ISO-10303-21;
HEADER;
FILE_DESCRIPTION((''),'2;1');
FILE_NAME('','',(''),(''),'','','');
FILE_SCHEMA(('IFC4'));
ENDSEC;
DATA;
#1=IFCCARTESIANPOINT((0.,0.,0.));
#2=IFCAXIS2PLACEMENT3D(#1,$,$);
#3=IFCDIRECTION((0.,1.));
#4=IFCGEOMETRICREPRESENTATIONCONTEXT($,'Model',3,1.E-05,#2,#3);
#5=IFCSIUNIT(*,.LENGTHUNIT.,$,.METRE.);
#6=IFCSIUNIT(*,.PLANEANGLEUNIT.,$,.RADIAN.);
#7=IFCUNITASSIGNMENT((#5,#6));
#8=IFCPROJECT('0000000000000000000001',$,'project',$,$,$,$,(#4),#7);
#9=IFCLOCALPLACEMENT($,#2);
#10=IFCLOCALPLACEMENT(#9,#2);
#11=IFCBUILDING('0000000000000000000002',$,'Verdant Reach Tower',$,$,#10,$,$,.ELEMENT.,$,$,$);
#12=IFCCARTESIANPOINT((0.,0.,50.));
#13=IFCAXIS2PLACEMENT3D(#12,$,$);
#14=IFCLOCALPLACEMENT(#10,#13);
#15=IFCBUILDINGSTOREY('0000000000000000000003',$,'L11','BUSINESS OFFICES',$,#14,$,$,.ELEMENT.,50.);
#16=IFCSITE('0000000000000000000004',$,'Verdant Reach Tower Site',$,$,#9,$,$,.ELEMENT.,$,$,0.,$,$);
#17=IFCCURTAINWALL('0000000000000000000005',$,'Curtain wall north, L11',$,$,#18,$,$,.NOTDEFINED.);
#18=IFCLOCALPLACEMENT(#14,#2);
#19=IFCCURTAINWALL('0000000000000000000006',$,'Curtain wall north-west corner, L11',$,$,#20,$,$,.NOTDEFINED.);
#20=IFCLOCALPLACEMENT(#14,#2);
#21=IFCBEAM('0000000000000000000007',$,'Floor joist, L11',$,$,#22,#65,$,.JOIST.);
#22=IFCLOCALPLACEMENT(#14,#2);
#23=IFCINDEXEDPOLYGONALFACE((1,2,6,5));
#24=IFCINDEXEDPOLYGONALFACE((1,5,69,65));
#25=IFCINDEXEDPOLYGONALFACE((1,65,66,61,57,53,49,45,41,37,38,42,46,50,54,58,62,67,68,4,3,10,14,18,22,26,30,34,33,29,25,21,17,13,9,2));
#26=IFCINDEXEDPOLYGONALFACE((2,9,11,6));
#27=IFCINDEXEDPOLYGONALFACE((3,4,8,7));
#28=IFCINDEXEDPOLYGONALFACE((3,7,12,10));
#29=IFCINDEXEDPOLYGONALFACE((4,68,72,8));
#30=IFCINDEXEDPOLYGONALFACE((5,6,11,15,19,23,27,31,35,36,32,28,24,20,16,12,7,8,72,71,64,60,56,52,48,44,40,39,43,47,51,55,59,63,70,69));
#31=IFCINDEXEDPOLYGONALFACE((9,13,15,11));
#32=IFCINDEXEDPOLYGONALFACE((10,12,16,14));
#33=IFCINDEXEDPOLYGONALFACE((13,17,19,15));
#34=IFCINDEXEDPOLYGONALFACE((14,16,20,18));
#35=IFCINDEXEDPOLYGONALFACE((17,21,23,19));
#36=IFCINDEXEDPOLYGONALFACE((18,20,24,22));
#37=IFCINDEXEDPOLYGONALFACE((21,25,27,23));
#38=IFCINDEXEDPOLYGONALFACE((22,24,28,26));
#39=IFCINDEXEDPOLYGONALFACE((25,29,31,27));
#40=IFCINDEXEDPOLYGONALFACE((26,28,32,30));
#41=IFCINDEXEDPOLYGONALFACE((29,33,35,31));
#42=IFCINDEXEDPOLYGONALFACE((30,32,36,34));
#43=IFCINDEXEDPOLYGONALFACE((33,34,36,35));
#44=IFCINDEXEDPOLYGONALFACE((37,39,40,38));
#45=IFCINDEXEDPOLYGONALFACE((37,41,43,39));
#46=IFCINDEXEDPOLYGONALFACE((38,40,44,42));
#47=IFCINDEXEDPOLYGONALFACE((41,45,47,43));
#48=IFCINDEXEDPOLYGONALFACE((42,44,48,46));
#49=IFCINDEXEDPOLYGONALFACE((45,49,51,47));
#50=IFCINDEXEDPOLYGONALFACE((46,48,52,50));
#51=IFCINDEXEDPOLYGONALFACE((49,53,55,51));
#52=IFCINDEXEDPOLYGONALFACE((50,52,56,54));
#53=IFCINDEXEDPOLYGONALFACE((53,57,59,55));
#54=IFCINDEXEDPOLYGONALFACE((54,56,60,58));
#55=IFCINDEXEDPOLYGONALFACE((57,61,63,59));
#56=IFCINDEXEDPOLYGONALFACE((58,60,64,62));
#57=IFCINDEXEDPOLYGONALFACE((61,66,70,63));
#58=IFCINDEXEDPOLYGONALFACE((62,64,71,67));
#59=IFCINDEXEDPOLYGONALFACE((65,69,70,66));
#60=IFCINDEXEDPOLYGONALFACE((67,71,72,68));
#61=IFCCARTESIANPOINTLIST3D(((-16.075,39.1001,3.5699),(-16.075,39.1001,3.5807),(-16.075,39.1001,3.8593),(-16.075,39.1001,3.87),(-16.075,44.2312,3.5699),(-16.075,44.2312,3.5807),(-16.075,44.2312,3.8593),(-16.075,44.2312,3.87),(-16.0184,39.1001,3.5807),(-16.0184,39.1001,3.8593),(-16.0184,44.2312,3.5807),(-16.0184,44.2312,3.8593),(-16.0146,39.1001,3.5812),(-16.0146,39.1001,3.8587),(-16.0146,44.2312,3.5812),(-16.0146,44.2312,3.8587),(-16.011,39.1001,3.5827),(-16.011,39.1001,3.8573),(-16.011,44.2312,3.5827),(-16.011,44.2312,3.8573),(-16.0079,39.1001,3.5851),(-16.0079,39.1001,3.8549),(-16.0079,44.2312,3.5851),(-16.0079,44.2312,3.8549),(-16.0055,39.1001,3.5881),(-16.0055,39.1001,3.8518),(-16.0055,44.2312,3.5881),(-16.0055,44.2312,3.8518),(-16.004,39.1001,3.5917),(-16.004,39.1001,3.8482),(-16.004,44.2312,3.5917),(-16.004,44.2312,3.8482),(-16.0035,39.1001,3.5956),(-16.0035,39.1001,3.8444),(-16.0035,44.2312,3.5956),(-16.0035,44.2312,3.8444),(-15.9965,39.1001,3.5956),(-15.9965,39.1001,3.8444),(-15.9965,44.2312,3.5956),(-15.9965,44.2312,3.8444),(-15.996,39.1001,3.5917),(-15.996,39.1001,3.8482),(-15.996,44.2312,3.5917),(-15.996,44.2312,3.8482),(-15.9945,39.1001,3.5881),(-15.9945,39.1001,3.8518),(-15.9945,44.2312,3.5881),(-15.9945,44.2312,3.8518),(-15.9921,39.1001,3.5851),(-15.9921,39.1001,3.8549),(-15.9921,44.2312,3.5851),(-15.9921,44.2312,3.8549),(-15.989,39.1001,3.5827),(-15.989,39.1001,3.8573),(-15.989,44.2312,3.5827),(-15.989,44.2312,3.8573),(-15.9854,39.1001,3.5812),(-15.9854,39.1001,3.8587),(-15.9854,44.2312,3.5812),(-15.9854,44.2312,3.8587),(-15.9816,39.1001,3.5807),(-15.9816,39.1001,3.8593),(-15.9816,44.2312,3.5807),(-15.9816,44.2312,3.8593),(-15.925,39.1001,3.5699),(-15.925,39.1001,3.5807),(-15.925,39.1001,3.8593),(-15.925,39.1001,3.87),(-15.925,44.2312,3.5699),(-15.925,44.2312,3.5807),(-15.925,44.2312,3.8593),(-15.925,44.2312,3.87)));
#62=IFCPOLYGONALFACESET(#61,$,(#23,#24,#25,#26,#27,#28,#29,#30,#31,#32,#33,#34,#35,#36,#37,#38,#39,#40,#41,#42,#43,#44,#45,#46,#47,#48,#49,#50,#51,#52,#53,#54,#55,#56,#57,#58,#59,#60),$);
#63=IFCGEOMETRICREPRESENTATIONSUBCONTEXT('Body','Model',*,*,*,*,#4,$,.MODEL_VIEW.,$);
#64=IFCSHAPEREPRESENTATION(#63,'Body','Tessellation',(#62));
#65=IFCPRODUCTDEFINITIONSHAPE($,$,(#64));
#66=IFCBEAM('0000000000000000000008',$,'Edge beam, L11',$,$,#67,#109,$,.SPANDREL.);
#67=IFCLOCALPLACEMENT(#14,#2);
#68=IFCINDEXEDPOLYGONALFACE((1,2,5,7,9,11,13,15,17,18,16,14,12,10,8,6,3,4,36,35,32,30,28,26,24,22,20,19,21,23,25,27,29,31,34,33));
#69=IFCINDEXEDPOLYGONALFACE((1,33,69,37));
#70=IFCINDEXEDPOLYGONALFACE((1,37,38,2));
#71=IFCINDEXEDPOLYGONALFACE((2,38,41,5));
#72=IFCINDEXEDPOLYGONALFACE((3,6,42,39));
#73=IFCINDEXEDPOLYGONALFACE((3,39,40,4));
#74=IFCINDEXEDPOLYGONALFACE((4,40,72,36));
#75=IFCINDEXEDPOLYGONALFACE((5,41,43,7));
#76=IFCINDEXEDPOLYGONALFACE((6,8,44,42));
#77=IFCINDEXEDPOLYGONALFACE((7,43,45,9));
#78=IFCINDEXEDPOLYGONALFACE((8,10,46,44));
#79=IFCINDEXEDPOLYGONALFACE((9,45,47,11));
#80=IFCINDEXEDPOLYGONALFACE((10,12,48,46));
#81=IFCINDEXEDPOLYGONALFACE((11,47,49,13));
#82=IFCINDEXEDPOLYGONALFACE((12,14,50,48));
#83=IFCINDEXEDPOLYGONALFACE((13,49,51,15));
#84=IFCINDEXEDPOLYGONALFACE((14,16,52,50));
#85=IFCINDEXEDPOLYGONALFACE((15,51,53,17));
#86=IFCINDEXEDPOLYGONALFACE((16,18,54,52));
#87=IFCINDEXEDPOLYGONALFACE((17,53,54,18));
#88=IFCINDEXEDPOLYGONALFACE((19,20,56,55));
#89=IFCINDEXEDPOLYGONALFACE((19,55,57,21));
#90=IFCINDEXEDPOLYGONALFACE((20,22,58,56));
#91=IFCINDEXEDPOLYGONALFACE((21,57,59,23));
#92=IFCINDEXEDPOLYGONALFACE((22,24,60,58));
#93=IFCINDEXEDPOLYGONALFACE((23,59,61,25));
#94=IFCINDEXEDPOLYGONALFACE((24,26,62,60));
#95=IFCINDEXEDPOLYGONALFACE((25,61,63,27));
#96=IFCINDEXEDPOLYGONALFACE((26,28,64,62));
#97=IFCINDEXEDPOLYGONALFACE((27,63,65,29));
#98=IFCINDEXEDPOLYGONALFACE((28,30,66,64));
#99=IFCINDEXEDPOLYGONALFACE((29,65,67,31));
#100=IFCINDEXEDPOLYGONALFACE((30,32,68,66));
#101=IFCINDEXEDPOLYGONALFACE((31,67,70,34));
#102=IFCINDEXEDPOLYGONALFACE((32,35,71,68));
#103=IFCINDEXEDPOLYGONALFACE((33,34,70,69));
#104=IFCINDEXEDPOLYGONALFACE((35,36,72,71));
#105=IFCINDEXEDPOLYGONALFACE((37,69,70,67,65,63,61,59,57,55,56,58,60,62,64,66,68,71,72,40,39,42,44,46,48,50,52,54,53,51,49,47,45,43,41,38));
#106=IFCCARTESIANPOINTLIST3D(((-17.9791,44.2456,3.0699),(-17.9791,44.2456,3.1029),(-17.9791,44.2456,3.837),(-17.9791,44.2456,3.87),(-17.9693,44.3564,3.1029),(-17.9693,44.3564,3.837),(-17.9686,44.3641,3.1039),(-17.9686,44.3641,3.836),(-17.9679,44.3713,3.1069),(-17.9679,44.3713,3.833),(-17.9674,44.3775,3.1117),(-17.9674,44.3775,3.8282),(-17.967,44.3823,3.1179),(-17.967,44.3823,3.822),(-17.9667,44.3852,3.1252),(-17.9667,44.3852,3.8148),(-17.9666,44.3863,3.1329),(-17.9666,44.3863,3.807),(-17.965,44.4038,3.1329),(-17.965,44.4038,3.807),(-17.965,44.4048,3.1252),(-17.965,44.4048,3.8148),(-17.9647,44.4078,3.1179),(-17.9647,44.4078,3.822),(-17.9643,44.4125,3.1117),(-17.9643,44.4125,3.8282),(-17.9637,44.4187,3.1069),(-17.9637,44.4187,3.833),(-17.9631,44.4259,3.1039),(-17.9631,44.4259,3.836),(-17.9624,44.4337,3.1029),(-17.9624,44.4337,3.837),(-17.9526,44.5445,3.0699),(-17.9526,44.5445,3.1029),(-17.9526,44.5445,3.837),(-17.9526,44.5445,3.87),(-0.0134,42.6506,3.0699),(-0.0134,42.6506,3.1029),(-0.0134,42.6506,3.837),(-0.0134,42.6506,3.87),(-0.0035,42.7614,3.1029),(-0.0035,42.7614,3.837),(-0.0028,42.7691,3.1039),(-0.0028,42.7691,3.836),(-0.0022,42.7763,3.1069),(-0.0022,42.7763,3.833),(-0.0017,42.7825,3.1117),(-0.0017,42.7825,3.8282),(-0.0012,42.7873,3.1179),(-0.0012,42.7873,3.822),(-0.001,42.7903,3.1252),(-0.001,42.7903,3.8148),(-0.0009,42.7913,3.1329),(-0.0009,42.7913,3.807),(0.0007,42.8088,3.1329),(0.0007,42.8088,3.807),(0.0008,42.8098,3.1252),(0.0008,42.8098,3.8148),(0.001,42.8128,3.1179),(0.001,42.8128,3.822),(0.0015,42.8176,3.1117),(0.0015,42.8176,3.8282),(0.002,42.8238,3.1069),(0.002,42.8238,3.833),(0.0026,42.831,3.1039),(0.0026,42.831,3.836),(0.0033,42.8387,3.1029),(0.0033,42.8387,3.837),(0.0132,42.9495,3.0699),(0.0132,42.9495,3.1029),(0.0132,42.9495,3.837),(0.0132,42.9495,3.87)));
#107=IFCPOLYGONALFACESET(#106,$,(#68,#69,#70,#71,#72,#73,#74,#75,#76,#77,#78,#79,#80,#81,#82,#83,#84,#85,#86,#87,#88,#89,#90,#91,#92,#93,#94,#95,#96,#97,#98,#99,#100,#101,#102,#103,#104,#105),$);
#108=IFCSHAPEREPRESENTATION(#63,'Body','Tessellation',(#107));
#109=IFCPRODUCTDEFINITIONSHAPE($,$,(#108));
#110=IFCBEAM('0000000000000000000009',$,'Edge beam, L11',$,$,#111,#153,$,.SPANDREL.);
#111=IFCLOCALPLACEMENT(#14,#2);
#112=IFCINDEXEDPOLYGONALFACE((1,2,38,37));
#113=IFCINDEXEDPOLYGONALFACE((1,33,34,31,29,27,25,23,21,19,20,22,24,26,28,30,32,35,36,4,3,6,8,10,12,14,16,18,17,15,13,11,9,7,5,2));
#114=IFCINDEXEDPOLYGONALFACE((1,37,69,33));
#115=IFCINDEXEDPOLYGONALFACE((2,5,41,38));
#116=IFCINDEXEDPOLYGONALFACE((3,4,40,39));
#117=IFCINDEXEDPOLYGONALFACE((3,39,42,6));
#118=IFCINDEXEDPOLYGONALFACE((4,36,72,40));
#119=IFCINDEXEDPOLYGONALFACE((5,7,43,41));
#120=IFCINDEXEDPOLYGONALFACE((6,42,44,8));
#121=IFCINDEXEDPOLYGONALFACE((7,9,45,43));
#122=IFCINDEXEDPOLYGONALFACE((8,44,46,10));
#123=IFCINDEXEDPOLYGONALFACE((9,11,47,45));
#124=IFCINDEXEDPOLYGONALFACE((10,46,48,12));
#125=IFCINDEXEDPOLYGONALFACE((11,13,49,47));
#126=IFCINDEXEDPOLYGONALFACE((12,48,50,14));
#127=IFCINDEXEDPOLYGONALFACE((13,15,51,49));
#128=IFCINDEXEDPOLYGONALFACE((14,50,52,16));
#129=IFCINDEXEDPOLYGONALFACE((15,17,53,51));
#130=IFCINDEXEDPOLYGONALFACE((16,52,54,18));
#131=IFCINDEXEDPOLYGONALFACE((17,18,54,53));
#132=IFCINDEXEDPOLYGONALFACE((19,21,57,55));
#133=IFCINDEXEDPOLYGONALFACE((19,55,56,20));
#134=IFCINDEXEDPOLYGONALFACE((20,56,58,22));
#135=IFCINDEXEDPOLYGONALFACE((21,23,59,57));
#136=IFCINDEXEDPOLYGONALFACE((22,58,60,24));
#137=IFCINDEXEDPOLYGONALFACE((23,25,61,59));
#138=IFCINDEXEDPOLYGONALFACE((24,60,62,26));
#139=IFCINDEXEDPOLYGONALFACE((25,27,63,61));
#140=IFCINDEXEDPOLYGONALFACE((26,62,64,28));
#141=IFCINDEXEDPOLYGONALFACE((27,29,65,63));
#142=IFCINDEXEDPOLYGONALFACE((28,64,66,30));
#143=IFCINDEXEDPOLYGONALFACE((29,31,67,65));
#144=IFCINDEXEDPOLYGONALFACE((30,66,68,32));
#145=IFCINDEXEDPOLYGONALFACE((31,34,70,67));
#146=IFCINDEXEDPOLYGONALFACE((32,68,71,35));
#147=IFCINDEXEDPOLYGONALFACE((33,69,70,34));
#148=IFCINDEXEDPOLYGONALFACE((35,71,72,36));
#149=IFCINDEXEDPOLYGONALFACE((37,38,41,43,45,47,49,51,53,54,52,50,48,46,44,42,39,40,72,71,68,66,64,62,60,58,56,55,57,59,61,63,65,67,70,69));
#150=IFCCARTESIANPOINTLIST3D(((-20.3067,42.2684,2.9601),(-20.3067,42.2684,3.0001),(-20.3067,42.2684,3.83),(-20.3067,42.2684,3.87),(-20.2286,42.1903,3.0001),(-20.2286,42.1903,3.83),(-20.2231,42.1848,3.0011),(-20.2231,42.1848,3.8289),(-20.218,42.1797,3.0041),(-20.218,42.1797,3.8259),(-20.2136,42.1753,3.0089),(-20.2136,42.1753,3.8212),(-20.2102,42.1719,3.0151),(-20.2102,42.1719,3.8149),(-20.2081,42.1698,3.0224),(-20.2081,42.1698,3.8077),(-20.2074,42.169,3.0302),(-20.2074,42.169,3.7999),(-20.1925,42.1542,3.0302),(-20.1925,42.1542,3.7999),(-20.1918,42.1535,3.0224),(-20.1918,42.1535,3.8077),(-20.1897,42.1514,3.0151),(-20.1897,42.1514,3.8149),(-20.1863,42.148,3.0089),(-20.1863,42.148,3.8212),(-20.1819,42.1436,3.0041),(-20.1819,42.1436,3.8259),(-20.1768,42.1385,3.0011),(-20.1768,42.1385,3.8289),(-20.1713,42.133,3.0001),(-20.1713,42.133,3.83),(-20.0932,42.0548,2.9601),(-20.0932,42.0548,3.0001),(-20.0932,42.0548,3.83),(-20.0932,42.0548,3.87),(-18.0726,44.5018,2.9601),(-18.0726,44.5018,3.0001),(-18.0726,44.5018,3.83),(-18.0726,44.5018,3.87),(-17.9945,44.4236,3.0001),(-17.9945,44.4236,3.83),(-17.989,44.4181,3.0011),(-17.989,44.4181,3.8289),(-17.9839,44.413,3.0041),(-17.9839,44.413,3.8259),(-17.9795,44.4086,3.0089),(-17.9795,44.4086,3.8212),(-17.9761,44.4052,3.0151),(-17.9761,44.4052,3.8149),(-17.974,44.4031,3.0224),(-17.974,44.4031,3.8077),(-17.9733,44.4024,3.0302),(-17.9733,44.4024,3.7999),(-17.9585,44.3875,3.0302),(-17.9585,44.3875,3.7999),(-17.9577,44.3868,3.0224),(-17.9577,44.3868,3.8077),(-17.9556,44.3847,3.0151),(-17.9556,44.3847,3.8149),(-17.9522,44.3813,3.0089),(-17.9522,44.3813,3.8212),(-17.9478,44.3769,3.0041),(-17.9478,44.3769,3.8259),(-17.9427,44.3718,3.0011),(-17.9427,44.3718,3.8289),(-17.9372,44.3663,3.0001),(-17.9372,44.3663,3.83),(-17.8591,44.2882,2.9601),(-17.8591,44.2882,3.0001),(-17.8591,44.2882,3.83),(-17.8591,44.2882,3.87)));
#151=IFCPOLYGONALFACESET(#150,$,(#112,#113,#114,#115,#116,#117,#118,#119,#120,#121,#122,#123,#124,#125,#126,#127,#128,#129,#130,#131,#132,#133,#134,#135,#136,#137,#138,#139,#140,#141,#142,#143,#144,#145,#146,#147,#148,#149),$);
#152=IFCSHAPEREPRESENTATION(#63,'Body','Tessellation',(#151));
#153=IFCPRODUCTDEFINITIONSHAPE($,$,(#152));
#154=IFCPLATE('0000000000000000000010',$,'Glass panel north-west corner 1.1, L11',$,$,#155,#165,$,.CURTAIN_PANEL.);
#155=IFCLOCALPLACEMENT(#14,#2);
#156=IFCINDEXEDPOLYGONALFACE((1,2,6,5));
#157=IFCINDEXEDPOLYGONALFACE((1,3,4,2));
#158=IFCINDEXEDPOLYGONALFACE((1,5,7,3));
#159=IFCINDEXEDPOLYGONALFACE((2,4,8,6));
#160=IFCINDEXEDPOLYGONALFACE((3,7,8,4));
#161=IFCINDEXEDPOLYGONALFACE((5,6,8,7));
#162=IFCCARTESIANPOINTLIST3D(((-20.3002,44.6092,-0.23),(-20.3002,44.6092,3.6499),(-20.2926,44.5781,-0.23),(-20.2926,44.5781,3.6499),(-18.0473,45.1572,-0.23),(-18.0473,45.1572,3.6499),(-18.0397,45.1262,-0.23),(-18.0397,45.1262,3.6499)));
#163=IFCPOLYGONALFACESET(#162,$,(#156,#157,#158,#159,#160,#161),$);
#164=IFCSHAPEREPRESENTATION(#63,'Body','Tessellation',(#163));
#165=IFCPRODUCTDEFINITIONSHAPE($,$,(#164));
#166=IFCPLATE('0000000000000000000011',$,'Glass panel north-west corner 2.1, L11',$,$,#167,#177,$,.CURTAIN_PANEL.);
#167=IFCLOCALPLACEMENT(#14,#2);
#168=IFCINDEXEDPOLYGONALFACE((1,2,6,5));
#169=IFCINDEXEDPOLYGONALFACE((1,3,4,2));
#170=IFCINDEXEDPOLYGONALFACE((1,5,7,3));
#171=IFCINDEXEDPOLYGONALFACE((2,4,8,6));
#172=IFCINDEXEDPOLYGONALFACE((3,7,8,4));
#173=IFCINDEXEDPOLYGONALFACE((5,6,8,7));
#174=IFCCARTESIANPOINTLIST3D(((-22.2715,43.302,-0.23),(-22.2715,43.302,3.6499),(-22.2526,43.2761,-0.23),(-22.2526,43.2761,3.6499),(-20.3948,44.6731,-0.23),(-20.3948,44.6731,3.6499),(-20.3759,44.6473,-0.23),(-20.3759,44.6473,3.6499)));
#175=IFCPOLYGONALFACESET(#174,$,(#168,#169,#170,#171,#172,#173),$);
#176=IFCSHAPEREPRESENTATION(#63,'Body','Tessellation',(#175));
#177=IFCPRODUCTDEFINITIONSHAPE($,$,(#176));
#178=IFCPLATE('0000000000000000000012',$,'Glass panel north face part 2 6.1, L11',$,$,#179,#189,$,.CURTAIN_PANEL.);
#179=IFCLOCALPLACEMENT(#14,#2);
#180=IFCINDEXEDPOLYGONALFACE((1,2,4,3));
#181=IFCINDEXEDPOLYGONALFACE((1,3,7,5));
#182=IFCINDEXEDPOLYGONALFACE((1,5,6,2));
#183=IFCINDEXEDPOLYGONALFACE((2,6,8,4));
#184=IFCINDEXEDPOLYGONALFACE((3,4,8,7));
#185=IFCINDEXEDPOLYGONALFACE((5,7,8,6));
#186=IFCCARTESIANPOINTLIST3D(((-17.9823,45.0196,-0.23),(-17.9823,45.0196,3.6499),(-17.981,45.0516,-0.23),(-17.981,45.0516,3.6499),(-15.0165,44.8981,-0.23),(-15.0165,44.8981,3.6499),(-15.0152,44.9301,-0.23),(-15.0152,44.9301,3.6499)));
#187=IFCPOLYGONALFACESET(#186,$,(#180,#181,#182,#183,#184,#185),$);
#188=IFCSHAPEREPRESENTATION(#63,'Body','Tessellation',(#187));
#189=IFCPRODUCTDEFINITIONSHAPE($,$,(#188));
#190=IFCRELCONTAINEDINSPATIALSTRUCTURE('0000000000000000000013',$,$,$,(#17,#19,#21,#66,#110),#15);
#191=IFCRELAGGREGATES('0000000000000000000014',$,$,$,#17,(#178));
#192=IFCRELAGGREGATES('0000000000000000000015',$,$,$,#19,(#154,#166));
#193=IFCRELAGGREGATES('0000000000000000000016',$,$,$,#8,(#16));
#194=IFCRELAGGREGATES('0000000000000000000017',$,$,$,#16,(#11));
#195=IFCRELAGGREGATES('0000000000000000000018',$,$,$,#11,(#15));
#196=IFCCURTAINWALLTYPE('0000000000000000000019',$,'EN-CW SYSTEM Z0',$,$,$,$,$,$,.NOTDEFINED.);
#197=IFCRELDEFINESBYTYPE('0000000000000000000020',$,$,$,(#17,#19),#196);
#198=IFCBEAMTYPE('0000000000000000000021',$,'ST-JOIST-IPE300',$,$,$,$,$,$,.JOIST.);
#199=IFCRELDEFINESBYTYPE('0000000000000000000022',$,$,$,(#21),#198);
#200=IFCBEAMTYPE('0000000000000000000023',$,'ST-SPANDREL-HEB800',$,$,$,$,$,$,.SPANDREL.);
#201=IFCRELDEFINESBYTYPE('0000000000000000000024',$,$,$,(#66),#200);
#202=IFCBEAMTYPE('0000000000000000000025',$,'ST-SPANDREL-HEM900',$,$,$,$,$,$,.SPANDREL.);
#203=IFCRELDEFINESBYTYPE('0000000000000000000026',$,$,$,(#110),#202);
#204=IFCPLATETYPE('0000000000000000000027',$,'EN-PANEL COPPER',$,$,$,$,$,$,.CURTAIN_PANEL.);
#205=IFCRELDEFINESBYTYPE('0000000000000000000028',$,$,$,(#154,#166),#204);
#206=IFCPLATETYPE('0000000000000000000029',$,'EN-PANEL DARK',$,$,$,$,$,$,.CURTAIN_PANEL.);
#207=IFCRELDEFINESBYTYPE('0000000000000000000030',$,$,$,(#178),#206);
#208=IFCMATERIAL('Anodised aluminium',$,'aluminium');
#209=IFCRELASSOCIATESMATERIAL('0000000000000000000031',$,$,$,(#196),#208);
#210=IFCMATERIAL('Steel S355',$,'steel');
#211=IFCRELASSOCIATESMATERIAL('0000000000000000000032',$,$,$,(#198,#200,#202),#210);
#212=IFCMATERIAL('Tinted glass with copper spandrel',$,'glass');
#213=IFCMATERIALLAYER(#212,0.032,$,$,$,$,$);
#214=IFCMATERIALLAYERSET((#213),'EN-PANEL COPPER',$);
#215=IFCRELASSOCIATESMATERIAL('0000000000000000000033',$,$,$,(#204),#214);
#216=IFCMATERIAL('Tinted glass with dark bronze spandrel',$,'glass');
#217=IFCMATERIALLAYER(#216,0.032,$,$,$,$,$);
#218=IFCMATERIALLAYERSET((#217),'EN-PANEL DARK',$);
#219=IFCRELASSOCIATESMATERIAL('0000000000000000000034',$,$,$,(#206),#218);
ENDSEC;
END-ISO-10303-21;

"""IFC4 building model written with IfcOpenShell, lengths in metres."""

from ifc_helpers import new_model, si_unit, direction, frame, origin, origin_2d, place, context, subcontext, project, spatial, rectangle, i_section, extrude, material, layer, layer_set, material_profile, profile_set, type_object, element, aggregate, save


model = new_model("IFC4")

# Units and contexts
model_context = context("Model", 3, precision=1e-05, world=origin(), true_north=direction((0.0, 1.0)))
body_context = subcontext(model_context, "Body", "Model", "MODEL_VIEW")
ifc_project = project(units=[si_unit("LENGTHUNIT", "METRE"), si_unit("PLANEANGLEUNIT", "RADIAN")], contexts=[model_context])

# Site, building, storey
site_placement = place(None, origin())
site = spatial("IfcSite", under=ifc_project, at=site_placement, Name="Verdant Reach Tower Site", CompositionType="ELEMENT", RefElevation=0.0)
building_placement = place(site_placement, origin())
building = spatial("IfcBuilding", under=site, at=building_placement, Name="Verdant Reach Tower", CompositionType="ELEMENT")
storey_placement = place(building_placement, frame((0.0, 0.0, 50.0)))
storey = spatial("IfcBuildingStorey", under=building, at=storey_placement, Name="L11", Description="BUSINESS OFFICES", CompositionType="ELEMENT", Elevation=50.0)

# Curtain wall
ifc_material_1 = material(Name="Anodised aluminium", Category="aluminium")
curtain_wall_type = type_object("IfcCurtainWallType", Name="EN-CW SYSTEM Z0", PredefinedType="NOTDEFINED", material=ifc_material_1)
curtain_wall_1_placement = place(storey_placement, origin())
curtain_wall_1 = element("IfcCurtainWall", 1, at=curtain_wall_1_placement, inside=storey, type_object=curtain_wall_type, Name="Curtain wall north, L11", PredefinedType="NOTDEFINED")

# Curtain wall
curtain_wall_2_placement = place(storey_placement, origin())
curtain_wall_2 = element("IfcCurtainWall", 2, at=curtain_wall_2_placement, inside=storey, type_object=curtain_wall_type, Name="Curtain wall north-west corner, L11", PredefinedType="NOTDEFINED")

# Beams
ifc_material_2 = material(Name="Steel S355", Category="steel")
ifc_material_profile_1 = material_profile(ifc_material_2, i_section(OverallWidth=0.1499, OverallDepth=0.3, WebThickness=0.0071, FlangeThickness=0.0107, FilletRadius=0.0149, at=origin_2d()), Name="IPE 300")
ifc_profile_set_1 = profile_set([ifc_material_profile_1], Name="Steel S355")
beam_type_1 = type_object("IfcBeamType", Name="ST-JOIST-IPE300", PredefinedType="JOIST", material=ifc_profile_set_1)
beam_1_placement = place(storey_placement, frame((-16.0, 39.1001, 3.72), z_axis=(0.0, 1.0, 0.0), x_axis=(-1.0, 0.0, 0.0)))
element("IfcBeam", 3, at=beam_1_placement, inside=storey, type_object=beam_type_1, Name="Floor joist, L11", PredefinedType="JOIST", context=body_context, shape_type="SweptSolid", body=[
    extrude(i_section(OverallWidth=0.1499, OverallDepth=0.3, WebThickness=0.0071, FlangeThickness=0.0107, FilletRadius=0.0149, at=origin_2d()), origin(), (0.0, 0.0, 1.0), 5.1311),
])
ifc_material_profile_2 = material_profile(ifc_material_2, i_section(OverallWidth=0.3, OverallDepth=0.8, WebThickness=0.0176, FlangeThickness=0.033, FilletRadius=0.03, at=origin_2d()), Name="HEB 800")
ifc_profile_set_2 = profile_set([ifc_material_profile_2], Name="Steel S355")
beam_type_2 = type_object("IfcBeamType", Name="ST-SPANDREL-HEB800", PredefinedType="SPANDREL", material=ifc_profile_set_2)
beam_2_placement = place(storey_placement, frame((-17.9658, 44.395, 3.47), z_axis=(0.996082, -0.08843, 0.0), x_axis=(0.08843, 0.996082, 0.0)))
element("IfcBeam", 4, at=beam_2_placement, inside=storey, type_object=beam_type_2, Name="Edge beam, L11", PredefinedType="SPANDREL", context=body_context, shape_type="SweptSolid", body=[
    extrude(i_section(OverallWidth=0.3, OverallDepth=0.8, WebThickness=0.0176, FlangeThickness=0.033, FilletRadius=0.03, at=origin_2d()), origin(), (0.0, 0.0, 1.0), 18.0364),
])
ifc_material_profile_3 = material_profile(ifc_material_2, i_section(OverallWidth=0.302, OverallDepth=0.9099, WebThickness=0.021, FlangeThickness=0.04, FilletRadius=0.03, at=origin_2d()), Name="HEM 900")
ifc_profile_set_3 = profile_set([ifc_material_profile_3], Name="Steel S355")
beam_type_3 = type_object("IfcBeamType", Name="ST-SPANDREL-HEM900", PredefinedType="SPANDREL", material=ifc_profile_set_3)
beam_3_placement = place(storey_placement, frame((-20.2, 42.1616, 3.415), z_axis=(0.707223, 0.706991, 0.0), x_axis=(-0.706991, 0.707223, 0.0)))
element("IfcBeam", 5, at=beam_3_placement, inside=storey, type_object=beam_type_3, Name="Edge beam, L11", PredefinedType="SPANDREL", context=body_context, shape_type="SweptSolid", body=[
    extrude(i_section(OverallWidth=0.302, OverallDepth=0.9099, WebThickness=0.021, FlangeThickness=0.04, FilletRadius=0.03, at=origin_2d()), origin(), (0.0, 0.0, 1.0), 3.1589),
])

# Plates
ifc_material_3 = material(Name="Tinted glass with copper spandrel", Category="glass")
ifc_layer_1 = layer(ifc_material_3, 0.032)
ifc_layer_set_1 = layer_set([ifc_layer_1], Name="EN-PANEL COPPER")
plate_type_1 = type_object("IfcPlateType", Name="EN-PANEL COPPER", PredefinedType="CURTAIN_PANEL", material=ifc_layer_set_1)
plate_1_placement = place(storey_placement, frame((-19.1699, 44.8677, -0.23), z_axis=(0.0, 0.0, 1.0), x_axis=(-0.971663, -0.236369, 0.0)))
plate_1 = element("IfcPlate", 6, at=plate_1_placement, type_object=plate_type_1, Name="Glass panel north-west corner 1.1, L11", PredefinedType="CURTAIN_PANEL", context=body_context, shape_type="SweptSolid", body=[
    extrude(rectangle(XDim=2.3186, YDim=0.032, at=origin_2d()), origin(), (0.0, 0.0, 1.0), 3.8799),
])
plate_2_placement = place(storey_placement, frame((-21.3237, 43.9746, -0.23), z_axis=(0.0, 0.0, 1.0), x_axis=(-0.807457, -0.589927, 0.0)))
plate_2 = element("IfcPlate", 7, at=plate_2_placement, type_object=plate_type_1, Name="Glass panel north-west corner 2.1, L11", PredefinedType="CURTAIN_PANEL", context=body_context, shape_type="SweptSolid", body=[
    extrude(rectangle(XDim=2.3242, YDim=0.032, at=origin_2d()), origin(), (0.0, 0.0, 1.0), 3.8799),
])
ifc_material_4 = material(Name="Tinted glass with dark bronze spandrel", Category="glass")
ifc_layer_2 = layer(ifc_material_4, 0.032)
ifc_layer_set_2 = layer_set([ifc_layer_2], Name="EN-PANEL DARK")
plate_type_2 = type_object("IfcPlateType", Name="EN-PANEL DARK", PredefinedType="CURTAIN_PANEL", material=ifc_layer_set_2)
plate_3_placement = place(storey_placement, frame((-16.4988, 44.9749, -0.23), z_axis=(0.0, 0.0, 1.0), x_axis=(-0.999162, 0.04092, 0.0)))
plate_3 = element("IfcPlate", 8, at=plate_3_placement, type_object=plate_type_2, Name="Glass panel north face part 2 6.1, L11", PredefinedType="CURTAIN_PANEL", context=body_context, shape_type="SweptSolid", body=[
    extrude(rectangle(XDim=2.9683, YDim=0.032, at=origin_2d()), origin(), (0.0, 0.0, 1.0), 3.8799),
])
aggregate(curtain_wall_1, [plate_3])
aggregate(curtain_wall_2, [plate_1, plate_2])

save(model, "model.ifc")
